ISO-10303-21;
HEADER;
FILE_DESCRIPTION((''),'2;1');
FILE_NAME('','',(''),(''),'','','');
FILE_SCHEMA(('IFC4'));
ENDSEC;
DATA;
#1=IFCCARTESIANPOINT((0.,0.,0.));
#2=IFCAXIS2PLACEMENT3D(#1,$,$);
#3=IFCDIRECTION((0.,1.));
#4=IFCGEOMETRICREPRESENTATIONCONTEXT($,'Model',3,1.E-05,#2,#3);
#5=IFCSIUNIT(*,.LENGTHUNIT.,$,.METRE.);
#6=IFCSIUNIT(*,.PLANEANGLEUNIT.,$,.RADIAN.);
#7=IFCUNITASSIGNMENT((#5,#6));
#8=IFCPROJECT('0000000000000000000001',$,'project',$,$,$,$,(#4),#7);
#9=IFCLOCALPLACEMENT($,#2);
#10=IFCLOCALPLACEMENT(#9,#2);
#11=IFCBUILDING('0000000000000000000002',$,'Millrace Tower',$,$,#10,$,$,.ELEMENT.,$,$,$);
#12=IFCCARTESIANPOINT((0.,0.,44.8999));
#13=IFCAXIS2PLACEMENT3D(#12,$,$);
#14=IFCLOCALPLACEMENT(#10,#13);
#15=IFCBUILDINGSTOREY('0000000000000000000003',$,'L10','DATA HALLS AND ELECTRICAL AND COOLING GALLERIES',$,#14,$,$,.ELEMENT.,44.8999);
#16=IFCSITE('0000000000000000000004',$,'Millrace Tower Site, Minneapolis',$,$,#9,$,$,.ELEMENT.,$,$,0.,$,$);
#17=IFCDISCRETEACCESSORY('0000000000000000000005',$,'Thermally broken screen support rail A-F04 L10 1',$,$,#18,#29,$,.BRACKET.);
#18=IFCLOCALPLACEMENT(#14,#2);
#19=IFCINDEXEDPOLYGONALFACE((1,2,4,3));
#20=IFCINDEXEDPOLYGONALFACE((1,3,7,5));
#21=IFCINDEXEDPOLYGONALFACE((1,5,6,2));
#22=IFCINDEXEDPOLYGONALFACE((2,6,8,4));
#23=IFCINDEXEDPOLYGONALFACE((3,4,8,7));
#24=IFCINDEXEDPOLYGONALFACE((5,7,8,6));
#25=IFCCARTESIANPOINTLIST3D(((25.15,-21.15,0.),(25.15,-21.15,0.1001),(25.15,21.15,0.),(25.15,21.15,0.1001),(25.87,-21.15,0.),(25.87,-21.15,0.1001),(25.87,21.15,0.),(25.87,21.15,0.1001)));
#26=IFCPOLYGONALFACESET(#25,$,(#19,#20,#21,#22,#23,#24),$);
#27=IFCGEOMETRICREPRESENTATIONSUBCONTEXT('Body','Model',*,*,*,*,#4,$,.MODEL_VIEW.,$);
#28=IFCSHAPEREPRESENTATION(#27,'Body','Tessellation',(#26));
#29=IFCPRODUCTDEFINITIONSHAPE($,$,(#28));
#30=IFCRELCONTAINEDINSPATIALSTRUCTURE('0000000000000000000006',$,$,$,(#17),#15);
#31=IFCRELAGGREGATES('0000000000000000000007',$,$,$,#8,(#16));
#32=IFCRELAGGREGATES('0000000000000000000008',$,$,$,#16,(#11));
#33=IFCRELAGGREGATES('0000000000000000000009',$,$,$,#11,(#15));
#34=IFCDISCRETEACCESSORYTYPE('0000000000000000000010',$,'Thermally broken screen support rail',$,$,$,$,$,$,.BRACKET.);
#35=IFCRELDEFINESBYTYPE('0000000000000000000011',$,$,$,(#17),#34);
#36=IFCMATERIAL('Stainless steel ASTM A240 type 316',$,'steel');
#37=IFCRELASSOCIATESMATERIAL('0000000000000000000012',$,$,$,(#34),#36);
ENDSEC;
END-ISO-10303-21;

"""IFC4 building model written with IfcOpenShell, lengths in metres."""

from ifc_helpers import new_model, si_unit, direction, frame, origin, origin_2d, place, context, subcontext, project, spatial, rectangle, extrude, material, type_object, element, save


model = new_model("IFC4")

# Units and contexts
model_context = context("Model", 3, precision=1e-05, world=origin(), true_north=direction((0.0, 1.0)))
body_context = subcontext(model_context, "Body", "Model", "MODEL_VIEW")
ifc_project = project(units=[si_unit("LENGTHUNIT", "METRE"), si_unit("PLANEANGLEUNIT", "RADIAN")], contexts=[model_context])

# Site, building, storey
site_placement = place(None, origin())
site = spatial("IfcSite", under=ifc_project, at=site_placement, Name="Millrace Tower Site, Minneapolis", CompositionType="ELEMENT", RefElevation=0.0)
building_placement = place(site_placement, origin())
building = spatial("IfcBuilding", under=site, at=building_placement, Name="Millrace Tower", CompositionType="ELEMENT")
storey_placement = place(building_placement, frame((0.0, 0.0, 44.8999)))
storey = spatial("IfcBuildingStorey", under=building, at=storey_placement, Name="L10", Description="DATA HALLS AND ELECTRICAL AND COOLING GALLERIES", CompositionType="ELEMENT", Elevation=44.8999)

# Discrete accessory
ifc_material_1 = material(Name="Stainless steel ASTM A240 type 316", Category="steel")
discrete_accessory_type = type_object("IfcDiscreteAccessoryType", Name="Thermally broken screen support rail", PredefinedType="BRACKET", material=ifc_material_1)
discrete_accessory_placement = place(storey_placement, frame((25.51, 0.0, 0.0), z_axis=(0.0, 0.0, 1.0), x_axis=(0.0, 1.0, 0.0)))
element("IfcDiscreteAccessory", 1, at=discrete_accessory_placement, inside=storey, type_object=discrete_accessory_type, Name="Thermally broken screen support rail A-F04 L10 1", PredefinedType="BRACKET", context=body_context, shape_type="SweptSolid", body=[
    extrude(rectangle(XDim=42.3, YDim=0.72, at=origin_2d()), origin(), (0.0, 0.0, 1.0), 0.1001),
])

save(model, "model.ifc")
